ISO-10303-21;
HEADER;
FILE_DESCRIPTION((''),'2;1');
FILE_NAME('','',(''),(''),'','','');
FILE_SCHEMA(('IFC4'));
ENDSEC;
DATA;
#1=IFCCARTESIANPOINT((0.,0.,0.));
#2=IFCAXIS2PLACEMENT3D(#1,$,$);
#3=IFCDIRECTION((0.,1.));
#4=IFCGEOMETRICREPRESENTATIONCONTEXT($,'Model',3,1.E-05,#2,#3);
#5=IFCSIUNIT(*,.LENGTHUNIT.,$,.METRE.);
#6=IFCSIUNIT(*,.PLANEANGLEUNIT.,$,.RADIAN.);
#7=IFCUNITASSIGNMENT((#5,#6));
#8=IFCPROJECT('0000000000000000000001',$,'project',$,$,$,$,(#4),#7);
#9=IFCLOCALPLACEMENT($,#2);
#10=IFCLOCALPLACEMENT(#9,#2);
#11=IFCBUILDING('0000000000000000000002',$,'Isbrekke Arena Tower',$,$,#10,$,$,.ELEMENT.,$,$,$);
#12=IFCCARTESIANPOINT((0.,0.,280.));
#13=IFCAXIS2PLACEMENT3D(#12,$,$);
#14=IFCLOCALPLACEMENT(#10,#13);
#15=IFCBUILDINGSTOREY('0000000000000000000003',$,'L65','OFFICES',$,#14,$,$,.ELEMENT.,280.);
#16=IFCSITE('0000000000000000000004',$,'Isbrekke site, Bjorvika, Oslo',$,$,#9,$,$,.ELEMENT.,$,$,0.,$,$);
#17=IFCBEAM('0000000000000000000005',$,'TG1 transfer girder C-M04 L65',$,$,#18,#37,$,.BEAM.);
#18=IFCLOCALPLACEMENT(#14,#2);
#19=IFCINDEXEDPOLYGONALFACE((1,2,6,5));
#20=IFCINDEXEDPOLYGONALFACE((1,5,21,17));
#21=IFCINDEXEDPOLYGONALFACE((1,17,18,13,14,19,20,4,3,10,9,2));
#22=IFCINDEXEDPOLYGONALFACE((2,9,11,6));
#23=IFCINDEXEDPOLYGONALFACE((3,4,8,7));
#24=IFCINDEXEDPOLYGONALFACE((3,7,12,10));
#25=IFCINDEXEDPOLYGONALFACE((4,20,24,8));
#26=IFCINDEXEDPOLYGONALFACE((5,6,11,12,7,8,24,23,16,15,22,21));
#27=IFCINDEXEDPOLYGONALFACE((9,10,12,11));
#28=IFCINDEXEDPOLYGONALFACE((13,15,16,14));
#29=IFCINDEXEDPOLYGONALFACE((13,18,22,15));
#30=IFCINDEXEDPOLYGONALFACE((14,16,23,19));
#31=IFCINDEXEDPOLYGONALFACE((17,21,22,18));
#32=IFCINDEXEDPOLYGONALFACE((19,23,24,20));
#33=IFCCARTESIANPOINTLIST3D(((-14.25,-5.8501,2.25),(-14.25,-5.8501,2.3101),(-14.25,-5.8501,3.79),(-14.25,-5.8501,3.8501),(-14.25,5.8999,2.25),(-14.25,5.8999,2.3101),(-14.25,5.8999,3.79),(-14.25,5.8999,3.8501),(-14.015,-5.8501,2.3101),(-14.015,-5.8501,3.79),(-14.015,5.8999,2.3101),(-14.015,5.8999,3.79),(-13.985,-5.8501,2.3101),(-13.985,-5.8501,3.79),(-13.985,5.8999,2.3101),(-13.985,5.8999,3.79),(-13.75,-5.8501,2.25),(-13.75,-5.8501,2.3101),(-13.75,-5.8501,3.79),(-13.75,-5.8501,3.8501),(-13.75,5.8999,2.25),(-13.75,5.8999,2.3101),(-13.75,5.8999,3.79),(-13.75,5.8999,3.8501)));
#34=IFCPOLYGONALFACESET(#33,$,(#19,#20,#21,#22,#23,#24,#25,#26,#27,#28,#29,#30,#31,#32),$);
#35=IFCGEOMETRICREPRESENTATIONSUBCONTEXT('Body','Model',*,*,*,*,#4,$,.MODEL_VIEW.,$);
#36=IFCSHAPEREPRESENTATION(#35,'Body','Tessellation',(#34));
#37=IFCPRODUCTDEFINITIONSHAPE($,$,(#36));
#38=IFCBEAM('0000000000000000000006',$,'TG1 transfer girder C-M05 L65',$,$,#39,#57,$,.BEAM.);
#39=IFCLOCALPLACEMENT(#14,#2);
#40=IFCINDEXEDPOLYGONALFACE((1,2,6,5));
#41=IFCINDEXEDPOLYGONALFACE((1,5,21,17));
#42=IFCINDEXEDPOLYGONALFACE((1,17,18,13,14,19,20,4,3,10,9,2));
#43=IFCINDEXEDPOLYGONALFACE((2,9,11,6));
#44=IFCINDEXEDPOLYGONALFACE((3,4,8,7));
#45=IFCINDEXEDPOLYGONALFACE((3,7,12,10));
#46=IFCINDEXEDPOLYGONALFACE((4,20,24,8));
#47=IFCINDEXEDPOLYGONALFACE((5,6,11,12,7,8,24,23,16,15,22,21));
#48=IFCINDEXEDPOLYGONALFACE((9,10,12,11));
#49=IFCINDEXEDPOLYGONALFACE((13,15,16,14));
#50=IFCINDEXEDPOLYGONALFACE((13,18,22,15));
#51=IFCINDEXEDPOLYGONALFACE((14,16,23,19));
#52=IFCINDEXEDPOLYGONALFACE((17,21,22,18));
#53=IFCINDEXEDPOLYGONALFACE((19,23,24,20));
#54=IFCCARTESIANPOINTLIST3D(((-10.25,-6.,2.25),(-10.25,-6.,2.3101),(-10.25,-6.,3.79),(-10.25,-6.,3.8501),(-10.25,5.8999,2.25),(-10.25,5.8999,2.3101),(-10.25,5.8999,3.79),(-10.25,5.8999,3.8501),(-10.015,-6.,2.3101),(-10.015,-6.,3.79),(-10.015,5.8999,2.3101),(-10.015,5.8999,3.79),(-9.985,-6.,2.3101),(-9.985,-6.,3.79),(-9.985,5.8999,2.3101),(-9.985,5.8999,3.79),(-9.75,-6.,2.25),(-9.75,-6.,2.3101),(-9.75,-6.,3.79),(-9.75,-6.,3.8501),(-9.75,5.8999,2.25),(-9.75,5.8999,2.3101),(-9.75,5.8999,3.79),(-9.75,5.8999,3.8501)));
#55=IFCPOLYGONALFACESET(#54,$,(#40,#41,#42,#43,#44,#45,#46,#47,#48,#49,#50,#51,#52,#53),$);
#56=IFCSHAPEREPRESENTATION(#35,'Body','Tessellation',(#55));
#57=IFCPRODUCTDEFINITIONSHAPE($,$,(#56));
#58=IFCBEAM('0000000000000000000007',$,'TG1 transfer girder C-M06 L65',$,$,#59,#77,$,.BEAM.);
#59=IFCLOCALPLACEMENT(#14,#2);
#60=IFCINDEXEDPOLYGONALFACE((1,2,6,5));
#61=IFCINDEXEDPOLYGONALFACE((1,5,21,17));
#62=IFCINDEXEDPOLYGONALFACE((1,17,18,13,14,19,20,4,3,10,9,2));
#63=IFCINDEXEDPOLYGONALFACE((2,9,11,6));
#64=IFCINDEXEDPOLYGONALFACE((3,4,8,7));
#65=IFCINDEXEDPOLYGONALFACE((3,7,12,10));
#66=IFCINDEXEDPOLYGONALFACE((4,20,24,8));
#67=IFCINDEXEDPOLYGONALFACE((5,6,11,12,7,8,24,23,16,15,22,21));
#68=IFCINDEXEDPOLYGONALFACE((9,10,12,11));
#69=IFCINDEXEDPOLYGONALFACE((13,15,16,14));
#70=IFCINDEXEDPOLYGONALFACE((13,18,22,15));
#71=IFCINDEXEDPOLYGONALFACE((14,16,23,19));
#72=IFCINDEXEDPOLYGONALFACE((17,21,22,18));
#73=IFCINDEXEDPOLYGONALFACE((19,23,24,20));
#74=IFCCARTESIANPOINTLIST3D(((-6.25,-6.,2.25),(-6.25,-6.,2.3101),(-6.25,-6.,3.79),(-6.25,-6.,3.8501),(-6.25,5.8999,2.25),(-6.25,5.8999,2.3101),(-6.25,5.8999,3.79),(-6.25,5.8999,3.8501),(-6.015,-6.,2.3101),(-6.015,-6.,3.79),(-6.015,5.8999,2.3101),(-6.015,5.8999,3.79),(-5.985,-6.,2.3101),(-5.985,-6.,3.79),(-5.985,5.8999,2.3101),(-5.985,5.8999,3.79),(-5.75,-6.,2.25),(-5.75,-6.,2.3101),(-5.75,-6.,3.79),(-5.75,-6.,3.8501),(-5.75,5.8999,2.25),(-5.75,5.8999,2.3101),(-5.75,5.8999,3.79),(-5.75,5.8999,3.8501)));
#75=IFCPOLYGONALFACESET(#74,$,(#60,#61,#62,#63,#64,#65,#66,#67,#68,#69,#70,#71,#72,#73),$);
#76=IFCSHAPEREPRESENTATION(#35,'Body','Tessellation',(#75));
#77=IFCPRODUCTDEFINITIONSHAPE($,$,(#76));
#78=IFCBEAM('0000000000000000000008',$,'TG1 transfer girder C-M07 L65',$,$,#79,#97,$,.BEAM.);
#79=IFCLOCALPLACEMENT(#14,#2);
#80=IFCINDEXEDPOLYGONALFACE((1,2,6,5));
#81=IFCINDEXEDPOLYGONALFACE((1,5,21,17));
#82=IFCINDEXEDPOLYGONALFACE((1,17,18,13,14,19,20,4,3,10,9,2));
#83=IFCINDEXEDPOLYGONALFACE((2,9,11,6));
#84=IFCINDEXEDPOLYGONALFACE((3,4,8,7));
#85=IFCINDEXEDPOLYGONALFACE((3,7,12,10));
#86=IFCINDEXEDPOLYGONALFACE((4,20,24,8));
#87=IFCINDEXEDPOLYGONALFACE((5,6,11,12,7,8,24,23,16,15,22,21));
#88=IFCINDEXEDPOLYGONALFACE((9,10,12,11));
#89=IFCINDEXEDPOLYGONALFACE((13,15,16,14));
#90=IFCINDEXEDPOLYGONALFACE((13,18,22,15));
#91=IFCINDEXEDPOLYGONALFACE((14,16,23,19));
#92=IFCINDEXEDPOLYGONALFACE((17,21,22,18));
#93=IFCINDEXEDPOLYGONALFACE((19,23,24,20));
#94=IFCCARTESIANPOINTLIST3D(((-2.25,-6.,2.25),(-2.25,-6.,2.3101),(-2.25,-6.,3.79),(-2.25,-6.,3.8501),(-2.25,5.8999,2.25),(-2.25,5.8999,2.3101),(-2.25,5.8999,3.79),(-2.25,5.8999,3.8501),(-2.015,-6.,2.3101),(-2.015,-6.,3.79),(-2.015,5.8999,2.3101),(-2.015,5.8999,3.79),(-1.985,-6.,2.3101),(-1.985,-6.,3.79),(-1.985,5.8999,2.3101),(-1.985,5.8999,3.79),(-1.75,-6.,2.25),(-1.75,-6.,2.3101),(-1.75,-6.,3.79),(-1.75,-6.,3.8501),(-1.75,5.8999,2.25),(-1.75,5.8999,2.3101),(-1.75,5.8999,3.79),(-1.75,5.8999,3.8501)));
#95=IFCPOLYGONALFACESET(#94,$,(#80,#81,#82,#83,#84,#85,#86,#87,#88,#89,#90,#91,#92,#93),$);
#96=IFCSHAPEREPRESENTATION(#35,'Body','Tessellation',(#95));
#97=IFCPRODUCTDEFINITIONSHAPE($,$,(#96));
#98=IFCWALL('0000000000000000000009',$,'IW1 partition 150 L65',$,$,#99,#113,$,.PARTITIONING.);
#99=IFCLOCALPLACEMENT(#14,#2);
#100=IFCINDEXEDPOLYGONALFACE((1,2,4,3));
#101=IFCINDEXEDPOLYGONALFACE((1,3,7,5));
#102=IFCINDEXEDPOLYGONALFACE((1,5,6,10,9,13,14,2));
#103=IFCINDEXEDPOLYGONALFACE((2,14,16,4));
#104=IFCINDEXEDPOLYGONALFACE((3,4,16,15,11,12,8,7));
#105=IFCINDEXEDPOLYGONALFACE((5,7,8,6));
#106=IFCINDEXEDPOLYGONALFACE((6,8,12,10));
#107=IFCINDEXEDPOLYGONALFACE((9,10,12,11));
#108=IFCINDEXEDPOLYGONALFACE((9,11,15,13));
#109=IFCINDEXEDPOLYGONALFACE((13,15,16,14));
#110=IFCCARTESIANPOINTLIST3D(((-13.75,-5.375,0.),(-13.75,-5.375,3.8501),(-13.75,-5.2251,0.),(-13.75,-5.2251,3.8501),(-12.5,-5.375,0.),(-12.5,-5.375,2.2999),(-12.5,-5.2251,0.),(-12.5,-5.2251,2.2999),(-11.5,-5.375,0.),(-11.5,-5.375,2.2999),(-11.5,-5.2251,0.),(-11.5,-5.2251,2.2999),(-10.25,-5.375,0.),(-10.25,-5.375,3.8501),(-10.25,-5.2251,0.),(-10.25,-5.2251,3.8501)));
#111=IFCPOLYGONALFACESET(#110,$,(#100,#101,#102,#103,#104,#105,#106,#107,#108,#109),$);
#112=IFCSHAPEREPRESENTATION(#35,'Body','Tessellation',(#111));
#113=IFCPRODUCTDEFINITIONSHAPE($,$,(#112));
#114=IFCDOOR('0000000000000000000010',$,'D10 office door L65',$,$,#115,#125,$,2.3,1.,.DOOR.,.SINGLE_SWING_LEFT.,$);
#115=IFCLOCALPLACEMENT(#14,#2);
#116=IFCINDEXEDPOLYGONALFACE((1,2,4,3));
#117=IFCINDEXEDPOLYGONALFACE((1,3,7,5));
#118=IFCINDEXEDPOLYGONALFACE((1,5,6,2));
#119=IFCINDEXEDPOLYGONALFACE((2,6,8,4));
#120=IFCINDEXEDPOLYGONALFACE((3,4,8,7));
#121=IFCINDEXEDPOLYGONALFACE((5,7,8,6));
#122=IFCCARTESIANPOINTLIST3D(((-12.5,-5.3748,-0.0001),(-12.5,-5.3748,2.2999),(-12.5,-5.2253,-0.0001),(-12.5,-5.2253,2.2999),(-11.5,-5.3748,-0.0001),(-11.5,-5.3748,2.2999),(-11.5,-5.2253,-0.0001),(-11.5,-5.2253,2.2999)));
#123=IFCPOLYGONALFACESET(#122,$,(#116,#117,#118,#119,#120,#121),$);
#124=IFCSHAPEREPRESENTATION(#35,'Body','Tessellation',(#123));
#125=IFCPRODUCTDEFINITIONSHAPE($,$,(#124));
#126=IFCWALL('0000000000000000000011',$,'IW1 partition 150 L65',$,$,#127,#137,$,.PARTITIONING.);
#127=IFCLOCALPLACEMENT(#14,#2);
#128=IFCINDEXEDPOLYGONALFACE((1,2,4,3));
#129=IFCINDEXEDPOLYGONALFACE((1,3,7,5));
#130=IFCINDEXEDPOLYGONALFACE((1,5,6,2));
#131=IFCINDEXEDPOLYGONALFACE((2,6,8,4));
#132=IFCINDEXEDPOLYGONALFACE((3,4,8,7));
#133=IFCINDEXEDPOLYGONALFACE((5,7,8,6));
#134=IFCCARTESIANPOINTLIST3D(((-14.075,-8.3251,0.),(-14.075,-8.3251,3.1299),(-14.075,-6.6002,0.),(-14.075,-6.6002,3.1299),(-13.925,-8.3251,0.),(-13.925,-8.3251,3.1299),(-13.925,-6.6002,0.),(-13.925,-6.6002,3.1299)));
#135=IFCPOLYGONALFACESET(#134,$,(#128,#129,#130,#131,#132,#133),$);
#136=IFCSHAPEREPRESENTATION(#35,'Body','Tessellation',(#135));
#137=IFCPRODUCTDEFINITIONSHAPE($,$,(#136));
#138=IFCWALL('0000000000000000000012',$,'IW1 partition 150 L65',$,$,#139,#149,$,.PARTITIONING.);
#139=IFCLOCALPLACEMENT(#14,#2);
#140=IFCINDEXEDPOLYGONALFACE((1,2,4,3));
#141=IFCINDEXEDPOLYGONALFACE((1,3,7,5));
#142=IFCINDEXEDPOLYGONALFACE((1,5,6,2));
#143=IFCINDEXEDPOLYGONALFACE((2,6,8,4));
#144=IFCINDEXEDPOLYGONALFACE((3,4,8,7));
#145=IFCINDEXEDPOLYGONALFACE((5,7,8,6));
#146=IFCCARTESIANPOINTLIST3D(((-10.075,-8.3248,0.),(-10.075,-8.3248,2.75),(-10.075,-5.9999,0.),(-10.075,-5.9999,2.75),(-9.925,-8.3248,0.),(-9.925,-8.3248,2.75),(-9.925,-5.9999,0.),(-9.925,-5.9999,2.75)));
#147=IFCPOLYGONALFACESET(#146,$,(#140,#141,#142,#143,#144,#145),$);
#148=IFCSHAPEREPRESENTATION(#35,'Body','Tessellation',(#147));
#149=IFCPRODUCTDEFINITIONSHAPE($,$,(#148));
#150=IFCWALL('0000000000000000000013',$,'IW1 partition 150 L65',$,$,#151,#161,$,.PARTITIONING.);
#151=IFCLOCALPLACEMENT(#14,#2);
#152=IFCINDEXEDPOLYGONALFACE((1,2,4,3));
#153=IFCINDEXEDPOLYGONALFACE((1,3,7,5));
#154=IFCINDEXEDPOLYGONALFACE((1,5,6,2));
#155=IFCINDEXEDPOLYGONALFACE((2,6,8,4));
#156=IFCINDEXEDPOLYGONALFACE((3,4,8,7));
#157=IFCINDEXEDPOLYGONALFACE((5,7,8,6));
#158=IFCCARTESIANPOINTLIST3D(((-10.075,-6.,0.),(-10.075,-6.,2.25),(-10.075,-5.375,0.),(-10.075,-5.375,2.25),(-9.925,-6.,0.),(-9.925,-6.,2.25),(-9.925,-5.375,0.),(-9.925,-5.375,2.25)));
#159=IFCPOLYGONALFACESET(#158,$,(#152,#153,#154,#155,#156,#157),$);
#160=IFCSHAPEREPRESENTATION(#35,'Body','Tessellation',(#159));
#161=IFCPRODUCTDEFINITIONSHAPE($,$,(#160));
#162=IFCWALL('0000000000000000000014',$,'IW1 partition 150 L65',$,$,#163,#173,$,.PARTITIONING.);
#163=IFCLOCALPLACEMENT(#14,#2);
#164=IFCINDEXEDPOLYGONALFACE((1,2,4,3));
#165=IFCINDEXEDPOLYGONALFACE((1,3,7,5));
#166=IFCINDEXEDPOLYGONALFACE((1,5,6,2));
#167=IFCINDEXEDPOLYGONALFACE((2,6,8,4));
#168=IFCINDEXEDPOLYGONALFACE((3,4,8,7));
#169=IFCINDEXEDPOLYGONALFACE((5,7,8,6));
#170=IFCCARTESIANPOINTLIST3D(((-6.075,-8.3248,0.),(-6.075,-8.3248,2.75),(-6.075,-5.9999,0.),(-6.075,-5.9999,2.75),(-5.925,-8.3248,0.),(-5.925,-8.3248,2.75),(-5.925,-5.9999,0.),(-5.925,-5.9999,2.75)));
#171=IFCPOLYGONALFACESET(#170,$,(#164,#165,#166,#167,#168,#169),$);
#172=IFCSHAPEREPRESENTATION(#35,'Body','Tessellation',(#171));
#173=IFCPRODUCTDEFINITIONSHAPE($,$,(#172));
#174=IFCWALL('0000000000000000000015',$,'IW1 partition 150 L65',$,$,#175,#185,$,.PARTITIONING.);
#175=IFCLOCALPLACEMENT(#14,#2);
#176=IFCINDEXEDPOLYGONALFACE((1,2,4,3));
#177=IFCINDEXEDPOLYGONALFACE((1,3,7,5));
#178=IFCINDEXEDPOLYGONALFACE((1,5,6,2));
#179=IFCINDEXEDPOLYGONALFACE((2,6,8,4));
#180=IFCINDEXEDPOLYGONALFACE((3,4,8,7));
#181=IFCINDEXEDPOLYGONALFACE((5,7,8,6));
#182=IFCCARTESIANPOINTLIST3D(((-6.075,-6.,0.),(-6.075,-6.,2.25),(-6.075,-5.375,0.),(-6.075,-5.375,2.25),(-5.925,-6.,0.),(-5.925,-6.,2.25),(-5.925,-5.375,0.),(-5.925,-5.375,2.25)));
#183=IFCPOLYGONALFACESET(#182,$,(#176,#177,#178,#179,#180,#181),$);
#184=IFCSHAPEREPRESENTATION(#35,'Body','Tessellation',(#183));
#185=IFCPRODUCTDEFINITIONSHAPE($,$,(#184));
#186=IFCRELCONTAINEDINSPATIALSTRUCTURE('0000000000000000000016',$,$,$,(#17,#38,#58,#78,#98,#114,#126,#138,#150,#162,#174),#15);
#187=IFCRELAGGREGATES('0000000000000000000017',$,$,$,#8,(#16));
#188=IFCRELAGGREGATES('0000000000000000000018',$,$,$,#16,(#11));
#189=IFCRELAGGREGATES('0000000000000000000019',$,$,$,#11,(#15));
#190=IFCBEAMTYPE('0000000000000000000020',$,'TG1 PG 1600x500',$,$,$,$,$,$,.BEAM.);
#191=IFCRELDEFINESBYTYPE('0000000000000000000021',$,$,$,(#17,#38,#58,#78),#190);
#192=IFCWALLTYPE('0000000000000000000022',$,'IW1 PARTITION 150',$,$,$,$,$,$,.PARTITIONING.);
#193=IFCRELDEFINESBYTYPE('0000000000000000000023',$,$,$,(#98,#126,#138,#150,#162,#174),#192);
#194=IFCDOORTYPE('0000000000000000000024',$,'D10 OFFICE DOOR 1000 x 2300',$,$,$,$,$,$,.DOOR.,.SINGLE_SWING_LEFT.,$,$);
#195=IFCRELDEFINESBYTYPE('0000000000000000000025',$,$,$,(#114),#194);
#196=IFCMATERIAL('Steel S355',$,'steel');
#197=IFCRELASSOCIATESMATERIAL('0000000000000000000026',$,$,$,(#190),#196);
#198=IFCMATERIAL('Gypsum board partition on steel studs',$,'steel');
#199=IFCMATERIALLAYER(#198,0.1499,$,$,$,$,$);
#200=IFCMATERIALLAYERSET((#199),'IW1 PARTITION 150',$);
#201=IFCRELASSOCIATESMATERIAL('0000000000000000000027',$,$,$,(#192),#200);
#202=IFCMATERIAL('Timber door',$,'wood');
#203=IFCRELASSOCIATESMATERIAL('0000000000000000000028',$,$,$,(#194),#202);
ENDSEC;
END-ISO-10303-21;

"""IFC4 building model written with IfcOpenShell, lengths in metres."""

from ifc_helpers import new_model, si_unit, direction, frame, frame_2d, origin, origin_2d, place, context, subcontext, project, spatial, rectangle, i_section, extrude, material, layer, layer_set, material_profile, profile_set, type_object, element, fill, save


model = new_model("IFC4")

# Units and contexts
model_context = context("Model", 3, precision=1e-05, world=origin(), true_north=direction((0.0, 1.0)))
body_context = subcontext(model_context, "Body", "Model", "MODEL_VIEW")
ifc_project = project(units=[si_unit("LENGTHUNIT", "METRE"), si_unit("PLANEANGLEUNIT", "RADIAN")], contexts=[model_context])

# Site, building, storey
site_placement = place(None, origin())
site = spatial("IfcSite", under=ifc_project, at=site_placement, Name="Isbrekke site, Bjorvika, Oslo", CompositionType="ELEMENT", RefElevation=0.0)
building_placement = place(site_placement, origin())
building = spatial("IfcBuilding", under=site, at=building_placement, Name="Isbrekke Arena Tower", CompositionType="ELEMENT")
storey_placement = place(building_placement, frame((0.0, 0.0, 280.0)))
storey = spatial("IfcBuildingStorey", under=building, at=storey_placement, Name="L65", Description="OFFICES", CompositionType="ELEMENT", Elevation=280.0)

# Beams
ifc_material_1 = material(Name="Steel S355", Category="steel")
ifc_material_profile_1 = material_profile(ifc_material_1, i_section(OverallWidth=0.5, OverallDepth=1.6001, WebThickness=0.03, FlangeThickness=0.0601, at=origin_2d()), Name="PG 1600x500")
ifc_profile_set_1 = profile_set([ifc_material_profile_1], Name="Steel S355")
beam_type_1 = type_object("IfcBeamType", Name="TG1 PG 1600x500", PredefinedType="BEAM", material=ifc_profile_set_1)
beam_1_placement = place(storey_placement, frame((-14.0, -5.8501, 3.05), z_axis=(0.0, 1.0, 0.0), x_axis=(-1.0, 0.0, 0.0)))
element("IfcBeam", 1, at=beam_1_placement, inside=storey, type_object=beam_type_1, Name="TG1 transfer girder C-M04 L65", PredefinedType="BEAM", context=body_context, shape_type="SweptSolid", body=[
    extrude(i_section(OverallWidth=0.5, OverallDepth=1.6001, WebThickness=0.03, FlangeThickness=0.0601, at=origin_2d()), origin(), (0.0, 0.0, 1.0), 11.75),
])
for number, where, z_axis, x_axis, name in (
    (2, (-10.0, -6.0, 3.05), (0.0, 1.0, 0.0), (-1.0, 0.0, 0.0), "TG1 transfer girder C-M05 L65"),
    (3, (-6.0, -6.0, 3.05), (0.0, 1.0, 0.0), (-1.0, 0.0, 0.0), "TG1 transfer girder C-M06 L65"),
    (4, (-2.0, -6.0, 3.05), (0.0, 1.0, 0.0), (-1.0, 0.0, 0.0), "TG1 transfer girder C-M07 L65"),
):
    element("IfcBeam", number, at=place(storey_placement, frame(where, z_axis=z_axis, x_axis=x_axis)), inside=storey, type_object=beam_type_1, Name=name, PredefinedType="BEAM", context=body_context, shape_type="SweptSolid", body=[
        extrude(i_section(OverallWidth=0.5, OverallDepth=1.6001, WebThickness=0.03, FlangeThickness=0.0601, at=origin_2d()), origin(), (0.0, 0.0, 1.0), 11.8999),
    ])

# Wall, opening, door
ifc_material_2 = material(Name="Gypsum board partition on steel studs", Category="steel")
ifc_layer_1 = layer(ifc_material_2, 0.1499)
ifc_layer_set_1 = layer_set([ifc_layer_1], Name="IW1 PARTITION 150")
wall_type_1 = type_object("IfcWallType", Name="IW1 PARTITION 150", PredefinedType="PARTITIONING", material=ifc_layer_set_1)
wall_1_placement = place(storey_placement, frame((-13.75, -5.3, 0.0), z_axis=(0.0, 0.0, 1.0), x_axis=(1.0, 0.0, 0.0)))
wall_1 = element("IfcWall", 5, at=wall_1_placement, inside=storey, type_object=wall_type_1, Name="IW1 partition 150 L65", PredefinedType="PARTITIONING", context=body_context, shape_type="SweptSolid", body=[
    extrude(rectangle(XDim=3.5, YDim=0.1499, at=frame_2d((1.75, 0.0))), origin(), (0.0, 0.0, 1.0), 3.8501),
])
opening_placement = place(wall_1_placement, frame((1.25, 0.0, 0.0)))
opening = element("IfcOpeningElement", 6, at=opening_placement, cuts=wall_1, PredefinedType="OPENING", context=body_context, shape_type="SweptSolid", body=[
    extrude(rectangle(XDim=1.0, YDim=2.3, at=frame_2d((0.5, 1.1499))), frame((0.0, 0.0898, 0.0), z_axis=(0.0, -1.0, 0.0), x_axis=(1.0, 0.0, 0.0)), (0.0, 0.0, 1.0), 0.1797),
])
ifc_material_3 = material(Name="Timber door", Category="wood")
door_type = type_object("IfcDoorType", Name="D10 OFFICE DOOR 1000 x 2300", OperationType="SINGLE_SWING_LEFT", PredefinedType="DOOR", material=ifc_material_3)
door_placement = place(opening_placement, origin())
door = element("IfcDoor", 7, at=door_placement, inside=storey, type_object=door_type, Name="D10 office door L65", OperationType="SINGLE_SWING_LEFT", OverallHeight=2.3, OverallWidth=1.0, PredefinedType="DOOR", context=body_context, shape_type="SweptSolid", body=[
    extrude(rectangle(XDim=1.0, YDim=2.3, at=frame_2d((0.5, 1.1499))), frame((0.0, 0.0747, 0.0), z_axis=(0.0, -1.0, 0.0), x_axis=(1.0, 0.0, 0.0)), (0.0, 0.0, 1.0), 0.1494),
])
fill(opening, door)

# Walls
wall_2_placement = place(storey_placement, frame((-14.0, -8.325, 0.0), z_axis=(0.0, 0.0, 1.0), x_axis=(0.0, 1.0, 0.0)))
element("IfcWall", 8, at=wall_2_placement, inside=storey, type_object=wall_type_1, Name="IW1 partition 150 L65", PredefinedType="PARTITIONING", context=body_context, shape_type="SweptSolid", body=[
    extrude(rectangle(XDim=1.7249, YDim=0.1499, at=frame_2d((0.8623, 0.0))), origin(), (0.0, 0.0, 1.0), 3.1299),
])
wall_3_placement = place(storey_placement, frame((-10.0, -8.325, 0.0), z_axis=(0.0, 0.0, 1.0), x_axis=(0.0, 1.0, 0.0)))
element("IfcWall", 9, at=wall_3_placement, inside=storey, type_object=wall_type_1, Name="IW1 partition 150 L65", PredefinedType="PARTITIONING", context=body_context, shape_type="SweptSolid", body=[
    extrude(rectangle(XDim=2.325, YDim=0.1499, at=frame_2d((1.1626, 0.0))), origin(), (0.0, 0.0, 1.0), 2.75),
])
wall_4_placement = place(storey_placement, frame((-10.0, -6.0, 0.0), z_axis=(0.0, 0.0, 1.0), x_axis=(0.0, 1.0, 0.0)))
element("IfcWall", 10, at=wall_4_placement, inside=storey, type_object=wall_type_1, Name="IW1 partition 150 L65", PredefinedType="PARTITIONING", context=body_context, shape_type="SweptSolid", body=[
    extrude(rectangle(XDim=0.625, YDim=0.1499, at=frame_2d((0.3125, 0.0))), origin(), (0.0, 0.0, 1.0), 2.25),
])
wall_5_placement = place(storey_placement, frame((-6.0, -8.325, 0.0), z_axis=(0.0, 0.0, 1.0), x_axis=(0.0, 1.0, 0.0)))
element("IfcWall", 11, at=wall_5_placement, inside=storey, type_object=wall_type_1, Name="IW1 partition 150 L65", PredefinedType="PARTITIONING", context=body_context, shape_type="SweptSolid", body=[
    extrude(rectangle(XDim=2.325, YDim=0.1499, at=frame_2d((1.1626, 0.0))), origin(), (0.0, 0.0, 1.0), 2.75),
])
wall_6_placement = place(storey_placement, frame((-6.0, -6.0, 0.0), z_axis=(0.0, 0.0, 1.0), x_axis=(0.0, 1.0, 0.0)))
element("IfcWall", 12, at=wall_6_placement, inside=storey, type_object=wall_type_1, Name="IW1 partition 150 L65", PredefinedType="PARTITIONING", context=body_context, shape_type="SweptSolid", body=[
    extrude(rectangle(XDim=0.625, YDim=0.1499, at=frame_2d((0.3125, 0.0))), origin(), (0.0, 0.0, 1.0), 2.25),
])

save(model, "model.ifc")
